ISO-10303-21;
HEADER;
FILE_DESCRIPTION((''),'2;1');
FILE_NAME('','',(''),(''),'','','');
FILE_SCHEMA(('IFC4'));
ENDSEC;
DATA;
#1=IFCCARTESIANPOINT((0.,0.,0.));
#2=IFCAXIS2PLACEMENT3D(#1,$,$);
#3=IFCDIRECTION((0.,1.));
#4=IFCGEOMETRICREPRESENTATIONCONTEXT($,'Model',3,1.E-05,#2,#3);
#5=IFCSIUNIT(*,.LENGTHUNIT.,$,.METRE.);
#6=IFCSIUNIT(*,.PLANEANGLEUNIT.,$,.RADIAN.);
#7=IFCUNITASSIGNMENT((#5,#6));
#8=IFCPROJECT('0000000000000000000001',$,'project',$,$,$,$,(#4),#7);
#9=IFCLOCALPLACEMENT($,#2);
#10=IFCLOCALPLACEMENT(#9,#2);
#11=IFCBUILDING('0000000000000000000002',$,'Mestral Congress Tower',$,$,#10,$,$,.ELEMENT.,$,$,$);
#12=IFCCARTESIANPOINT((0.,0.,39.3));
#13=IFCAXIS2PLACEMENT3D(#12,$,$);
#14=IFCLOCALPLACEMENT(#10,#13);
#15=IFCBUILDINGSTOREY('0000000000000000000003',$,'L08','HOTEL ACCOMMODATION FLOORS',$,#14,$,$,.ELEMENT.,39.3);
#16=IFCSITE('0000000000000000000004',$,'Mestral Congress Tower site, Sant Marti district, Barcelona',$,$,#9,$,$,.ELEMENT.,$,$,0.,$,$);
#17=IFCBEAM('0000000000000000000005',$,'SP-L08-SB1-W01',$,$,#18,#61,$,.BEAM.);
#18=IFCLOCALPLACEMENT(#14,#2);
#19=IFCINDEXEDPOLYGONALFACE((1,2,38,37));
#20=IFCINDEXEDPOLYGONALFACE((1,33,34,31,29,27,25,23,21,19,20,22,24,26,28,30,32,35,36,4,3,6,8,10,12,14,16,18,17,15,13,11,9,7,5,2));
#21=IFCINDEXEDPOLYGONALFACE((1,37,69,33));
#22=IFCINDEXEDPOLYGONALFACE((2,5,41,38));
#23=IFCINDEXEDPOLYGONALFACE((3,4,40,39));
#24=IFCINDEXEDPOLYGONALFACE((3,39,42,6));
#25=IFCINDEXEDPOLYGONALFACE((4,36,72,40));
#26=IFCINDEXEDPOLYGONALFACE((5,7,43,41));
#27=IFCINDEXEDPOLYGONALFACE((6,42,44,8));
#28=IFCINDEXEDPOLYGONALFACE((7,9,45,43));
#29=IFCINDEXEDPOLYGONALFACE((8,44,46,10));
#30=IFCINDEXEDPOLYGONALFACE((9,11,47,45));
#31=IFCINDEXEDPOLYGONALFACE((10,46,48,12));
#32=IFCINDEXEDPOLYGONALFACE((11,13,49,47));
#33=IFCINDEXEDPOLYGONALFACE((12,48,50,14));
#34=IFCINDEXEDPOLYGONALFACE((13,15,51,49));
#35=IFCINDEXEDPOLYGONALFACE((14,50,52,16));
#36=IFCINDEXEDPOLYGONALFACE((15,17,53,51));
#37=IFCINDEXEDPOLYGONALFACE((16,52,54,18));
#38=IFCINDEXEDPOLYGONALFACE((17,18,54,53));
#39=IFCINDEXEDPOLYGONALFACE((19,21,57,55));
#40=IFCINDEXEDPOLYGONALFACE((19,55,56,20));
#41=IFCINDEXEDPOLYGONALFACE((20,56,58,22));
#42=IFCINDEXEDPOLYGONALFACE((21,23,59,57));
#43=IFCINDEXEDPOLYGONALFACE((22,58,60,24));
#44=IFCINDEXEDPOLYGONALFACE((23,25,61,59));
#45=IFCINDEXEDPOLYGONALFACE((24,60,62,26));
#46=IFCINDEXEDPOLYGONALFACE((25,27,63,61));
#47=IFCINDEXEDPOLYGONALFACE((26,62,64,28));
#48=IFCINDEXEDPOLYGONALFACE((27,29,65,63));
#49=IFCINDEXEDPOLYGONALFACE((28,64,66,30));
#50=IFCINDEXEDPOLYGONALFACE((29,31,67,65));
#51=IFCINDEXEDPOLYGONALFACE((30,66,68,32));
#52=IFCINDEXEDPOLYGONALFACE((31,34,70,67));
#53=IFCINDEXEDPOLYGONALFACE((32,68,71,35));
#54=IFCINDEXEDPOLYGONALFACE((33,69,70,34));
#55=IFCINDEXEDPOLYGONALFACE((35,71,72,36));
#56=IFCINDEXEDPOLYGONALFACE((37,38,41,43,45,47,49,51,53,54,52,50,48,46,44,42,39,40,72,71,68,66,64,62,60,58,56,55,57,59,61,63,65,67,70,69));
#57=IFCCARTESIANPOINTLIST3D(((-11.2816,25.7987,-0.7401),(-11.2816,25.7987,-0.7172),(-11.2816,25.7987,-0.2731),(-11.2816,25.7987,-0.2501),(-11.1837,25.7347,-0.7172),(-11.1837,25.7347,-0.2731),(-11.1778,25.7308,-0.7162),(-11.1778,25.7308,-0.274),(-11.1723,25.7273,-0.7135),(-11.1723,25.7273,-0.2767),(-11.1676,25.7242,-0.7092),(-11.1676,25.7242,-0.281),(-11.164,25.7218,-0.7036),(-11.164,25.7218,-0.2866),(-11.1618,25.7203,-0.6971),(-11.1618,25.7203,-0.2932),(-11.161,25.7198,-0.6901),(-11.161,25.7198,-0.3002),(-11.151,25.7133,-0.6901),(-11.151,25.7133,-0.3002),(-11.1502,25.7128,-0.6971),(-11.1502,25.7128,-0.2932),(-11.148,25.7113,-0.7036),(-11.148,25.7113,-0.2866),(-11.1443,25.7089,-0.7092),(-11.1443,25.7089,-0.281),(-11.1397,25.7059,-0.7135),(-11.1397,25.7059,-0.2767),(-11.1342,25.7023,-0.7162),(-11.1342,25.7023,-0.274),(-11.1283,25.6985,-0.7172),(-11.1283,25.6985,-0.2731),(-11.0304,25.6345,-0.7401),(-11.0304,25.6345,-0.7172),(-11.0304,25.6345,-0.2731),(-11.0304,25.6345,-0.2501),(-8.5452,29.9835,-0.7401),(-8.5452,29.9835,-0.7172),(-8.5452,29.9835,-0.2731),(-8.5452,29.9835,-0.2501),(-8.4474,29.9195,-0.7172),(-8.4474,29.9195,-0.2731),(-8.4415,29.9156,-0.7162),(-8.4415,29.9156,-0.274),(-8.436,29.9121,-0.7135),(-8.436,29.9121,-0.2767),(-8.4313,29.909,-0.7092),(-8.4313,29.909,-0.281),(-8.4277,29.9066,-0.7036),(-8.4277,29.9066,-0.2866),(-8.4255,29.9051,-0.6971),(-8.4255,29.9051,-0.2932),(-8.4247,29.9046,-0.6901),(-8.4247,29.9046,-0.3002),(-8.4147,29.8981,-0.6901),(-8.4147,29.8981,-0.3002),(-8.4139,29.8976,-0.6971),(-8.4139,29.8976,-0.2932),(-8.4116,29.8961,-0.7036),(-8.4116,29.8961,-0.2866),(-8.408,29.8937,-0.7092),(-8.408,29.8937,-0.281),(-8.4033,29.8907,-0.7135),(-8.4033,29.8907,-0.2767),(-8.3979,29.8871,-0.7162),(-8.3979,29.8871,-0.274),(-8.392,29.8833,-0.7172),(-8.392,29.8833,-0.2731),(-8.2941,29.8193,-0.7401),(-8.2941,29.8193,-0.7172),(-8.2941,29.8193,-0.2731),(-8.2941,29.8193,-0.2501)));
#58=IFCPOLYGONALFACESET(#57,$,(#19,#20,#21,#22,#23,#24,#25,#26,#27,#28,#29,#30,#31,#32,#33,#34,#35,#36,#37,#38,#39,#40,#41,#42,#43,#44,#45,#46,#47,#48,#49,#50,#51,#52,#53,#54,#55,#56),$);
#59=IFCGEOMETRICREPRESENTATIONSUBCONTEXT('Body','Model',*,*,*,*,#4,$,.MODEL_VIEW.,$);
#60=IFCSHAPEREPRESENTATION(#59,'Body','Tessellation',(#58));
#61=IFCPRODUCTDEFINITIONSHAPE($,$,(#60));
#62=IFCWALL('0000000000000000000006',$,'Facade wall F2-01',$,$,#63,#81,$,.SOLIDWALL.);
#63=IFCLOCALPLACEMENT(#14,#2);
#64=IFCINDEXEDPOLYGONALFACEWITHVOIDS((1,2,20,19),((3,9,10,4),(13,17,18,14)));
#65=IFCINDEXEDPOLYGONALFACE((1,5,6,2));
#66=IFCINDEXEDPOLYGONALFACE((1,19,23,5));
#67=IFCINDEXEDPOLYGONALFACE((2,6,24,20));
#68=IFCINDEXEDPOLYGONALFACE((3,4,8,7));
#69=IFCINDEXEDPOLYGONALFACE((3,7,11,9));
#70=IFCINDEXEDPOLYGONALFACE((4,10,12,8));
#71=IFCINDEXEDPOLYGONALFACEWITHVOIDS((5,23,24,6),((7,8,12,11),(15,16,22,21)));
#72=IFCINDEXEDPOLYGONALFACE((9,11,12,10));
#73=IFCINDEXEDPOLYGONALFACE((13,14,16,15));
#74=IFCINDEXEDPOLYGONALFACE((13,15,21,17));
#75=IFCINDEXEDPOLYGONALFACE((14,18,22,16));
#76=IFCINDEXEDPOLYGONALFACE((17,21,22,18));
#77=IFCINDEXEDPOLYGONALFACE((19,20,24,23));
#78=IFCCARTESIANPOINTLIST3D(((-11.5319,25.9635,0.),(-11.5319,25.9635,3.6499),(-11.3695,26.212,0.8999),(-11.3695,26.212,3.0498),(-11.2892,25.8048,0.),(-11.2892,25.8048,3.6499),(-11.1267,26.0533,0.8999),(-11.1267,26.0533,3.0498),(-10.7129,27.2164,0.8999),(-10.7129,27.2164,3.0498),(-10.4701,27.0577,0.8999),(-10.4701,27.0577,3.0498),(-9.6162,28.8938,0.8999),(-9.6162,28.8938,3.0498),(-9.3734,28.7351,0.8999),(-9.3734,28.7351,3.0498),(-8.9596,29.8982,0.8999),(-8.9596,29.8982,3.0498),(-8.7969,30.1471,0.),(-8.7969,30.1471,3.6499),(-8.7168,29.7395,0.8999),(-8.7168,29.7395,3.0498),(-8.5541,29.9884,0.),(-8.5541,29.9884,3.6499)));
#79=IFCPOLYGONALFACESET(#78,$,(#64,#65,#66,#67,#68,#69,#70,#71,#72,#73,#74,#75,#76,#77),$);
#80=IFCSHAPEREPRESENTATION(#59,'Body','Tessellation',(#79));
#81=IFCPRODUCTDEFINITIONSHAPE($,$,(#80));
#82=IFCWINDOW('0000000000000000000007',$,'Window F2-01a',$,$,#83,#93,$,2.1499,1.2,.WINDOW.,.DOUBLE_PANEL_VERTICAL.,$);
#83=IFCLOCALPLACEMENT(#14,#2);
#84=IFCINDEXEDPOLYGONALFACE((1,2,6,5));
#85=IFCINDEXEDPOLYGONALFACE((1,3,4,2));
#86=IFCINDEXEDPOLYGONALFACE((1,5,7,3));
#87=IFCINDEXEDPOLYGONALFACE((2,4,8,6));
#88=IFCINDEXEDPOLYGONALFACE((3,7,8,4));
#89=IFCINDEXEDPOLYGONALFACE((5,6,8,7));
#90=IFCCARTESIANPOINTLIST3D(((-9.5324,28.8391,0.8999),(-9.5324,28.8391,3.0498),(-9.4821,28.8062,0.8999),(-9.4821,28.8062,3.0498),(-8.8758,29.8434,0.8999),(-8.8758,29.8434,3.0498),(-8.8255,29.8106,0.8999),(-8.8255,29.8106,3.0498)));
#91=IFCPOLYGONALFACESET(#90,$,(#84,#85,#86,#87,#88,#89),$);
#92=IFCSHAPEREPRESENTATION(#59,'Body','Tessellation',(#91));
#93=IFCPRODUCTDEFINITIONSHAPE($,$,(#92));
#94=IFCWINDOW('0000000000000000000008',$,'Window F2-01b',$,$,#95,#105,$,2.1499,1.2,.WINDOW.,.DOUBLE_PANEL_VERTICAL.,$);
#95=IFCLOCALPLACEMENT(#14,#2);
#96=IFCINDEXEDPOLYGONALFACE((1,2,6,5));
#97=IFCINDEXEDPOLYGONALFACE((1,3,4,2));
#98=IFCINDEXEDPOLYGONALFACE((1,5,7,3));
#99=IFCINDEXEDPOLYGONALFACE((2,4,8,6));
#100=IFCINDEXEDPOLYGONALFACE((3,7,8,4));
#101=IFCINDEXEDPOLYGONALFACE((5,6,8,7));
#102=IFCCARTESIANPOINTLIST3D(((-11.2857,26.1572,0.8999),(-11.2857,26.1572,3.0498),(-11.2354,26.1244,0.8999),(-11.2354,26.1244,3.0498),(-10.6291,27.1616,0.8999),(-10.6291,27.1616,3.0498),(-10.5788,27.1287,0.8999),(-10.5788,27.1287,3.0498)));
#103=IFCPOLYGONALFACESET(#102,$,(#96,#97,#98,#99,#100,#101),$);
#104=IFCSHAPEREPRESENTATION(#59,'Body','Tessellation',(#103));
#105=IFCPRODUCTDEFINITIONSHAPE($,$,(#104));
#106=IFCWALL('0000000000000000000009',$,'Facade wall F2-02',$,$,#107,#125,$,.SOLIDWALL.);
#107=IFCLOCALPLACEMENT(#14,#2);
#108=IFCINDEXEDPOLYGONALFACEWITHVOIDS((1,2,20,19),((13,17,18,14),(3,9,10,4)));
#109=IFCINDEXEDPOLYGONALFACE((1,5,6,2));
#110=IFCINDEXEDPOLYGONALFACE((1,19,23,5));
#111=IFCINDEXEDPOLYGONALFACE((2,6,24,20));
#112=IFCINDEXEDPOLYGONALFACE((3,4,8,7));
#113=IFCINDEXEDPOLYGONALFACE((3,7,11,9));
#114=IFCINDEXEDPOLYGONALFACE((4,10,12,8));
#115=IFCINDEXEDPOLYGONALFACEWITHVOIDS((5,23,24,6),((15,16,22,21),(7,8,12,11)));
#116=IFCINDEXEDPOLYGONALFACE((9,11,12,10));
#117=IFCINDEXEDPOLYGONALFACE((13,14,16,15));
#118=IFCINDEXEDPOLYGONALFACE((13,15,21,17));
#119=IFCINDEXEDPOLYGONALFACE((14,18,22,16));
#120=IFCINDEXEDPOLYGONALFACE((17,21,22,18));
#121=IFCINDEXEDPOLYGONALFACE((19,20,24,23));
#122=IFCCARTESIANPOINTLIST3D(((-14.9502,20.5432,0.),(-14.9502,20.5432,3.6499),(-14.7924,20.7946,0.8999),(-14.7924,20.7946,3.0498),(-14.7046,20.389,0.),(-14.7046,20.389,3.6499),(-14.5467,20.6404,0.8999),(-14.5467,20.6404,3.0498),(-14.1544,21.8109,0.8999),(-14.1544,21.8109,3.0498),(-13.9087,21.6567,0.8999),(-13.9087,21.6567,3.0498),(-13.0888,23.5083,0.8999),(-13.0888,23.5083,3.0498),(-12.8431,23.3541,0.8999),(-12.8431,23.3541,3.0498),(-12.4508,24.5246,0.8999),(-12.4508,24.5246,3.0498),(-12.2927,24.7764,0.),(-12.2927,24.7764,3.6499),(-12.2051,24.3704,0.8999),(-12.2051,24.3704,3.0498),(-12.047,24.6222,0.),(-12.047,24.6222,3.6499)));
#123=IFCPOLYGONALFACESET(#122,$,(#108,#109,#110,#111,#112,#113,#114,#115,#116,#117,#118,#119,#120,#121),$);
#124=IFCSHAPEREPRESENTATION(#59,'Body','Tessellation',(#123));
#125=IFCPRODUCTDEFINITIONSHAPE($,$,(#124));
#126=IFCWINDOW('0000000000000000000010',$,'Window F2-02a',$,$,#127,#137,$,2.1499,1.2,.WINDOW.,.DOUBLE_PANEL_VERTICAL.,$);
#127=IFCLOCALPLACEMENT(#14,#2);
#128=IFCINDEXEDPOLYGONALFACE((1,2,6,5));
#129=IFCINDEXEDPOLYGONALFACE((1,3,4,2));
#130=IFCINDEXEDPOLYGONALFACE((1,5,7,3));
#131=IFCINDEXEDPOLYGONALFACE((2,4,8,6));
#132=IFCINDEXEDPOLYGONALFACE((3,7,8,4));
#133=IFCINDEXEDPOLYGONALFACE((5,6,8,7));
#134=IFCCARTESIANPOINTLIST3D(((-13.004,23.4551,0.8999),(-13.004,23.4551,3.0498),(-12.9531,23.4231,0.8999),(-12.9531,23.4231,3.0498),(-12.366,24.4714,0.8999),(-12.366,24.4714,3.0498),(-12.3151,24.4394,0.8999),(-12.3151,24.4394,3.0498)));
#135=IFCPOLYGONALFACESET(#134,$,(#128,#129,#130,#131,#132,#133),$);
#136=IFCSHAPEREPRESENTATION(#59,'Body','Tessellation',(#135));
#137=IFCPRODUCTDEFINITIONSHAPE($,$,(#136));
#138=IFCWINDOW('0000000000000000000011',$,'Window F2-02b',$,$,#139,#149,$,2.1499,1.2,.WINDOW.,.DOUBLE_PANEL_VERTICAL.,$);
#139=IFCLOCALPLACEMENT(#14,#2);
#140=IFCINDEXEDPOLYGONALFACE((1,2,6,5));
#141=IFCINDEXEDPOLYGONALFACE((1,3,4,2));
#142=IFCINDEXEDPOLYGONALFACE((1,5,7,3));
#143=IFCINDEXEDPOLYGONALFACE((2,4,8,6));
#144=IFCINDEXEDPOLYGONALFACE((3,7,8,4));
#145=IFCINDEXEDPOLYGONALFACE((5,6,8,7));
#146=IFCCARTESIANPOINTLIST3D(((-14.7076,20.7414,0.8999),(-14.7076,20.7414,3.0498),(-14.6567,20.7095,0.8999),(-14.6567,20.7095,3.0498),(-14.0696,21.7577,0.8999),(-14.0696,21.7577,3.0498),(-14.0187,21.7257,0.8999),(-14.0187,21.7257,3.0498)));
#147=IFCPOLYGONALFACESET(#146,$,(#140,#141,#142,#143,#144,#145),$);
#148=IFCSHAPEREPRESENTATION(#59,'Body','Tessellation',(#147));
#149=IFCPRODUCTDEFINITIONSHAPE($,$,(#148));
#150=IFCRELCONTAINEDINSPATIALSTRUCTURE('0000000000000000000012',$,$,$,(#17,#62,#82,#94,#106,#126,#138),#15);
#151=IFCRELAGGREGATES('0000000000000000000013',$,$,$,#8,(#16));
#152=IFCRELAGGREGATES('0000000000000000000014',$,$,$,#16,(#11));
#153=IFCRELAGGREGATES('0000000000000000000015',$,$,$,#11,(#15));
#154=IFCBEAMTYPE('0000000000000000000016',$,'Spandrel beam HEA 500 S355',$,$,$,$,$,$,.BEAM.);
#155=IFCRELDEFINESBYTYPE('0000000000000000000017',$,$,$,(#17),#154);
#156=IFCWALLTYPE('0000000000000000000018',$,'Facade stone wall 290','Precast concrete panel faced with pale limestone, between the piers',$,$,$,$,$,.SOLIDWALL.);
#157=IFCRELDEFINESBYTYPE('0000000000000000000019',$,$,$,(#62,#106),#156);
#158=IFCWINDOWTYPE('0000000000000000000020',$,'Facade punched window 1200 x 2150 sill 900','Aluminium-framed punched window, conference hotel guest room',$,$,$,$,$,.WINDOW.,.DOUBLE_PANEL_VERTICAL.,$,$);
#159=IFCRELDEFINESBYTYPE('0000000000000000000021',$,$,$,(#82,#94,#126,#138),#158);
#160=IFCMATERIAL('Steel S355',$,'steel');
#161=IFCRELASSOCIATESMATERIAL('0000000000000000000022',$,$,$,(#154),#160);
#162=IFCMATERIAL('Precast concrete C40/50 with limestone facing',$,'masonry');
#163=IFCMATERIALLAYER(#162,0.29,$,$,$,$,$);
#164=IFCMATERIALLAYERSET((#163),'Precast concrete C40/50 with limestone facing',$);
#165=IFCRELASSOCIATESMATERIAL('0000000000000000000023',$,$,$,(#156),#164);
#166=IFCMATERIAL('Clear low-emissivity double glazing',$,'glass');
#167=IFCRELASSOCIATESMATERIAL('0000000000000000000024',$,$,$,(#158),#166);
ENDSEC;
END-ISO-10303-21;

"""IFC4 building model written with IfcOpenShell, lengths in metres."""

from ifc_helpers import new_model, si_unit, direction, frame, frame_2d, origin, origin_2d, place, context, subcontext, project, spatial, rectangle, i_section, extrude, material, layer, layer_set, material_profile, profile_set, type_object, element, fill, save


model = new_model("IFC4")

# Units and contexts
model_context = context("Model", 3, precision=1e-05, world=origin(), true_north=direction((0.0, 1.0)))
body_context = subcontext(model_context, "Body", "Model", "MODEL_VIEW")
ifc_project = project(units=[si_unit("LENGTHUNIT", "METRE"), si_unit("PLANEANGLEUNIT", "RADIAN")], contexts=[model_context])

# Site, building, storey
site_placement = place(None, origin())
site = spatial("IfcSite", under=ifc_project, at=site_placement, Name="Mestral Congress Tower site, Sant Marti district, Barcelona", CompositionType="ELEMENT", RefElevation=0.0)
building_placement = place(site_placement, origin())
building = spatial("IfcBuilding", under=site, at=building_placement, Name="Mestral Congress Tower", CompositionType="ELEMENT")
storey_placement = place(building_placement, frame((0.0, 0.0, 39.3)))
storey = spatial("IfcBuildingStorey", under=building, at=storey_placement, Name="L08", Description="HOTEL ACCOMMODATION FLOORS", CompositionType="ELEMENT", Elevation=39.3)

# Beam
ifc_material_1 = material(Name="Steel S355", Category="steel")
ifc_material_profile_1 = material_profile(ifc_material_1, i_section(OverallWidth=0.3, OverallDepth=0.49, WebThickness=0.012, FlangeThickness=0.0229, FilletRadius=0.0271, at=origin_2d()), Name="HEA 500")
ifc_profile_set_1 = profile_set([ifc_material_profile_1], Name="Steel S355")
beam_type_1 = type_object("IfcBeamType", Name="Spandrel beam HEA 500 S355", PredefinedType="BEAM", material=ifc_profile_set_1)
beam_1_placement = place(storey_placement, frame((-8.4197, 29.9014, -0.4951), z_axis=(-0.547264, -0.83696, 0.0), x_axis=(0.83696, -0.547264, 0.0)))
element("IfcBeam", 1, at=beam_1_placement, inside=storey, type_object=beam_type_1, Name="SP-L08-SB1-W01", PredefinedType="BEAM", context=body_context, shape_type="SweptSolid", body=[
    extrude(i_section(OverallWidth=0.3, OverallDepth=0.49, WebThickness=0.012, FlangeThickness=0.0229, FilletRadius=0.0271, at=origin_2d()), origin(), (0.0, 0.0, 1.0), 5.0),
])

# Walls, openings, windows
ifc_material_2 = material(Name="Precast concrete C40/50 with limestone facing", Category="masonry")
ifc_layer_1 = layer(ifc_material_2, 0.29)
ifc_layer_set_1 = layer_set([ifc_layer_1], Name="Precast concrete C40/50 with limestone facing")
wall_type_1 = type_object("IfcWallType", Name="Facade stone wall 290", Description="Precast concrete panel faced with pale limestone, between the piers", PredefinedType="SOLIDWALL", material=ifc_layer_set_1)
wall_1_placement = place(storey_placement, frame((-8.6755, 30.0676, 0.0), z_axis=(0.0, 0.0, 1.0), x_axis=(-0.547205, -0.836999, 0.0)))
wall_1 = element("IfcWall", 2, at=wall_1_placement, inside=storey, type_object=wall_type_1, Name="Facade wall F2-01", PredefinedType="SOLIDWALL", context=body_context, shape_type="SweptSolid", body=[
    extrude(rectangle(XDim=4.9983, YDim=0.29, at=frame_2d((2.499, 0.0))), origin(), (0.0, 0.0, 1.0), 3.6499),
])
opening_1_placement = place(wall_1_placement, frame((0.2971, 0.0, 0.8999)))
opening_1 = element("IfcOpeningElement", 3, at=opening_1_placement, cuts=wall_1, PredefinedType="OPENING", context=body_context, shape_type="SweptSolid", body=[
    extrude(rectangle(XDim=1.2, YDim=2.1499, at=frame_2d((0.6001, 1.075))), frame((0.0, 0.155, 0.0), z_axis=(0.0, -1.0, 0.0), x_axis=(1.0, 0.0, 0.0)), (0.0, 0.0, 1.0), 0.3101),
])
opening_2_placement = place(wall_1_placement, frame((3.5012, 0.0, 0.8999)))
opening_2 = element("IfcOpeningElement", 4, at=opening_2_placement, cuts=wall_1, PredefinedType="OPENING", context=body_context, shape_type="SweptSolid", body=[
    extrude(rectangle(XDim=1.2, YDim=2.1499, at=frame_2d((0.6001, 1.075))), frame((0.0, 0.155, 0.0), z_axis=(0.0, -1.0, 0.0), x_axis=(1.0, 0.0, 0.0)), (0.0, 0.0, 1.0), 0.3101),
])
ifc_material_3 = material(Name="Clear low-emissivity double glazing", Category="glass")
window_type = type_object("IfcWindowType", Name="Facade punched window 1200 x 2150 sill 900", Description="Aluminium-framed punched window, conference hotel guest room", PartitioningType="DOUBLE_PANEL_VERTICAL", PredefinedType="WINDOW", material=ifc_material_3)
window_1_placement = place(opening_1_placement, origin())
window_1 = element("IfcWindow", 5, at=window_1_placement, inside=storey, type_object=window_type, Name="Window F2-01a", OverallHeight=2.1499, OverallWidth=1.2, PartitioningType="DOUBLE_PANEL_VERTICAL", PredefinedType="WINDOW", context=body_context, shape_type="SweptSolid", body=[
    extrude(rectangle(XDim=1.2, YDim=2.1499, at=frame_2d((0.6001, 1.075))), frame((0.0, 0.0151, 0.0), z_axis=(0.0, -1.0, 0.0), x_axis=(1.0, 0.0, 0.0)), (0.0, 0.0, 1.0), 0.0601),
])
fill(opening_1, window_1)
window_2_placement = place(opening_2_placement, origin())
window_2 = element("IfcWindow", 6, at=window_2_placement, inside=storey, type_object=window_type, Name="Window F2-01b", OverallHeight=2.1499, OverallWidth=1.2, PartitioningType="DOUBLE_PANEL_VERTICAL", PredefinedType="WINDOW", context=body_context, shape_type="SweptSolid", body=[
    extrude(rectangle(XDim=1.2, YDim=2.1499, at=frame_2d((0.6001, 1.075))), frame((0.0, 0.0151, 0.0), z_axis=(0.0, -1.0, 0.0), x_axis=(1.0, 0.0, 0.0)), (0.0, 0.0, 1.0), 0.0601),
])
fill(opening_2, window_2)
wall_2_placement = place(storey_placement, frame((-12.1699, 24.6992, 0.0), z_axis=(0.0, 0.0, 1.0), x_axis=(-0.531688, -0.84694, 0.0)))
wall_2 = element("IfcWall", 7, at=wall_2_placement, inside=storey, type_object=wall_type_1, Name="Facade wall F2-02", PredefinedType="SOLIDWALL", context=body_context, shape_type="SweptSolid", body=[
    extrude(rectangle(XDim=4.9983, YDim=0.29, at=frame_2d((2.499, 0.0))), origin(), (0.0, 0.0, 1.0), 3.6499),
])
opening_3_placement = place(wall_2_placement, frame((0.2971, 0.0, 0.8999)))
opening_3 = element("IfcOpeningElement", 8, at=opening_3_placement, cuts=wall_2, PredefinedType="OPENING", context=body_context, shape_type="SweptSolid", body=[
    extrude(rectangle(XDim=1.2, YDim=2.1499, at=frame_2d((0.6001, 1.075))), frame((0.0, 0.155, 0.0), z_axis=(0.0, -1.0, 0.0), x_axis=(1.0, 0.0, 0.0)), (0.0, 0.0, 1.0), 0.3101),
])
opening_4_placement = place(wall_2_placement, frame((3.5012, 0.0, 0.8999)))
opening_4 = element("IfcOpeningElement", 9, at=opening_4_placement, cuts=wall_2, PredefinedType="OPENING", context=body_context, shape_type="SweptSolid", body=[
    extrude(rectangle(XDim=1.2, YDim=2.1499, at=frame_2d((0.6001, 1.075))), frame((0.0, 0.155, 0.0), z_axis=(0.0, -1.0, 0.0), x_axis=(1.0, 0.0, 0.0)), (0.0, 0.0, 1.0), 0.3101),
])
window_3_placement = place(opening_3_placement, origin())
window_3 = element("IfcWindow", 10, at=window_3_placement, inside=storey, type_object=window_type, Name="Window F2-02a", OverallHeight=2.1499, OverallWidth=1.2, PartitioningType="DOUBLE_PANEL_VERTICAL", PredefinedType="WINDOW", context=body_context, shape_type="SweptSolid", body=[
    extrude(rectangle(XDim=1.2, YDim=2.1499, at=frame_2d((0.6001, 1.075))), frame((0.0, 0.0151, 0.0), z_axis=(0.0, -1.0, 0.0), x_axis=(1.0, 0.0, 0.0)), (0.0, 0.0, 1.0), 0.0601),
])
fill(opening_3, window_3)
window_4_placement = place(opening_4_placement, origin())
window_4 = element("IfcWindow", 11, at=window_4_placement, inside=storey, type_object=window_type, Name="Window F2-02b", OverallHeight=2.1499, OverallWidth=1.2, PartitioningType="DOUBLE_PANEL_VERTICAL", PredefinedType="WINDOW", context=body_context, shape_type="SweptSolid", body=[
    extrude(rectangle(XDim=1.2, YDim=2.1499, at=frame_2d((0.6001, 1.075))), frame((0.0, 0.0151, 0.0), z_axis=(0.0, -1.0, 0.0), x_axis=(1.0, 0.0, 0.0)), (0.0, 0.0, 1.0), 0.0601),
])
fill(opening_4, window_4)

save(model, "model.ifc")
